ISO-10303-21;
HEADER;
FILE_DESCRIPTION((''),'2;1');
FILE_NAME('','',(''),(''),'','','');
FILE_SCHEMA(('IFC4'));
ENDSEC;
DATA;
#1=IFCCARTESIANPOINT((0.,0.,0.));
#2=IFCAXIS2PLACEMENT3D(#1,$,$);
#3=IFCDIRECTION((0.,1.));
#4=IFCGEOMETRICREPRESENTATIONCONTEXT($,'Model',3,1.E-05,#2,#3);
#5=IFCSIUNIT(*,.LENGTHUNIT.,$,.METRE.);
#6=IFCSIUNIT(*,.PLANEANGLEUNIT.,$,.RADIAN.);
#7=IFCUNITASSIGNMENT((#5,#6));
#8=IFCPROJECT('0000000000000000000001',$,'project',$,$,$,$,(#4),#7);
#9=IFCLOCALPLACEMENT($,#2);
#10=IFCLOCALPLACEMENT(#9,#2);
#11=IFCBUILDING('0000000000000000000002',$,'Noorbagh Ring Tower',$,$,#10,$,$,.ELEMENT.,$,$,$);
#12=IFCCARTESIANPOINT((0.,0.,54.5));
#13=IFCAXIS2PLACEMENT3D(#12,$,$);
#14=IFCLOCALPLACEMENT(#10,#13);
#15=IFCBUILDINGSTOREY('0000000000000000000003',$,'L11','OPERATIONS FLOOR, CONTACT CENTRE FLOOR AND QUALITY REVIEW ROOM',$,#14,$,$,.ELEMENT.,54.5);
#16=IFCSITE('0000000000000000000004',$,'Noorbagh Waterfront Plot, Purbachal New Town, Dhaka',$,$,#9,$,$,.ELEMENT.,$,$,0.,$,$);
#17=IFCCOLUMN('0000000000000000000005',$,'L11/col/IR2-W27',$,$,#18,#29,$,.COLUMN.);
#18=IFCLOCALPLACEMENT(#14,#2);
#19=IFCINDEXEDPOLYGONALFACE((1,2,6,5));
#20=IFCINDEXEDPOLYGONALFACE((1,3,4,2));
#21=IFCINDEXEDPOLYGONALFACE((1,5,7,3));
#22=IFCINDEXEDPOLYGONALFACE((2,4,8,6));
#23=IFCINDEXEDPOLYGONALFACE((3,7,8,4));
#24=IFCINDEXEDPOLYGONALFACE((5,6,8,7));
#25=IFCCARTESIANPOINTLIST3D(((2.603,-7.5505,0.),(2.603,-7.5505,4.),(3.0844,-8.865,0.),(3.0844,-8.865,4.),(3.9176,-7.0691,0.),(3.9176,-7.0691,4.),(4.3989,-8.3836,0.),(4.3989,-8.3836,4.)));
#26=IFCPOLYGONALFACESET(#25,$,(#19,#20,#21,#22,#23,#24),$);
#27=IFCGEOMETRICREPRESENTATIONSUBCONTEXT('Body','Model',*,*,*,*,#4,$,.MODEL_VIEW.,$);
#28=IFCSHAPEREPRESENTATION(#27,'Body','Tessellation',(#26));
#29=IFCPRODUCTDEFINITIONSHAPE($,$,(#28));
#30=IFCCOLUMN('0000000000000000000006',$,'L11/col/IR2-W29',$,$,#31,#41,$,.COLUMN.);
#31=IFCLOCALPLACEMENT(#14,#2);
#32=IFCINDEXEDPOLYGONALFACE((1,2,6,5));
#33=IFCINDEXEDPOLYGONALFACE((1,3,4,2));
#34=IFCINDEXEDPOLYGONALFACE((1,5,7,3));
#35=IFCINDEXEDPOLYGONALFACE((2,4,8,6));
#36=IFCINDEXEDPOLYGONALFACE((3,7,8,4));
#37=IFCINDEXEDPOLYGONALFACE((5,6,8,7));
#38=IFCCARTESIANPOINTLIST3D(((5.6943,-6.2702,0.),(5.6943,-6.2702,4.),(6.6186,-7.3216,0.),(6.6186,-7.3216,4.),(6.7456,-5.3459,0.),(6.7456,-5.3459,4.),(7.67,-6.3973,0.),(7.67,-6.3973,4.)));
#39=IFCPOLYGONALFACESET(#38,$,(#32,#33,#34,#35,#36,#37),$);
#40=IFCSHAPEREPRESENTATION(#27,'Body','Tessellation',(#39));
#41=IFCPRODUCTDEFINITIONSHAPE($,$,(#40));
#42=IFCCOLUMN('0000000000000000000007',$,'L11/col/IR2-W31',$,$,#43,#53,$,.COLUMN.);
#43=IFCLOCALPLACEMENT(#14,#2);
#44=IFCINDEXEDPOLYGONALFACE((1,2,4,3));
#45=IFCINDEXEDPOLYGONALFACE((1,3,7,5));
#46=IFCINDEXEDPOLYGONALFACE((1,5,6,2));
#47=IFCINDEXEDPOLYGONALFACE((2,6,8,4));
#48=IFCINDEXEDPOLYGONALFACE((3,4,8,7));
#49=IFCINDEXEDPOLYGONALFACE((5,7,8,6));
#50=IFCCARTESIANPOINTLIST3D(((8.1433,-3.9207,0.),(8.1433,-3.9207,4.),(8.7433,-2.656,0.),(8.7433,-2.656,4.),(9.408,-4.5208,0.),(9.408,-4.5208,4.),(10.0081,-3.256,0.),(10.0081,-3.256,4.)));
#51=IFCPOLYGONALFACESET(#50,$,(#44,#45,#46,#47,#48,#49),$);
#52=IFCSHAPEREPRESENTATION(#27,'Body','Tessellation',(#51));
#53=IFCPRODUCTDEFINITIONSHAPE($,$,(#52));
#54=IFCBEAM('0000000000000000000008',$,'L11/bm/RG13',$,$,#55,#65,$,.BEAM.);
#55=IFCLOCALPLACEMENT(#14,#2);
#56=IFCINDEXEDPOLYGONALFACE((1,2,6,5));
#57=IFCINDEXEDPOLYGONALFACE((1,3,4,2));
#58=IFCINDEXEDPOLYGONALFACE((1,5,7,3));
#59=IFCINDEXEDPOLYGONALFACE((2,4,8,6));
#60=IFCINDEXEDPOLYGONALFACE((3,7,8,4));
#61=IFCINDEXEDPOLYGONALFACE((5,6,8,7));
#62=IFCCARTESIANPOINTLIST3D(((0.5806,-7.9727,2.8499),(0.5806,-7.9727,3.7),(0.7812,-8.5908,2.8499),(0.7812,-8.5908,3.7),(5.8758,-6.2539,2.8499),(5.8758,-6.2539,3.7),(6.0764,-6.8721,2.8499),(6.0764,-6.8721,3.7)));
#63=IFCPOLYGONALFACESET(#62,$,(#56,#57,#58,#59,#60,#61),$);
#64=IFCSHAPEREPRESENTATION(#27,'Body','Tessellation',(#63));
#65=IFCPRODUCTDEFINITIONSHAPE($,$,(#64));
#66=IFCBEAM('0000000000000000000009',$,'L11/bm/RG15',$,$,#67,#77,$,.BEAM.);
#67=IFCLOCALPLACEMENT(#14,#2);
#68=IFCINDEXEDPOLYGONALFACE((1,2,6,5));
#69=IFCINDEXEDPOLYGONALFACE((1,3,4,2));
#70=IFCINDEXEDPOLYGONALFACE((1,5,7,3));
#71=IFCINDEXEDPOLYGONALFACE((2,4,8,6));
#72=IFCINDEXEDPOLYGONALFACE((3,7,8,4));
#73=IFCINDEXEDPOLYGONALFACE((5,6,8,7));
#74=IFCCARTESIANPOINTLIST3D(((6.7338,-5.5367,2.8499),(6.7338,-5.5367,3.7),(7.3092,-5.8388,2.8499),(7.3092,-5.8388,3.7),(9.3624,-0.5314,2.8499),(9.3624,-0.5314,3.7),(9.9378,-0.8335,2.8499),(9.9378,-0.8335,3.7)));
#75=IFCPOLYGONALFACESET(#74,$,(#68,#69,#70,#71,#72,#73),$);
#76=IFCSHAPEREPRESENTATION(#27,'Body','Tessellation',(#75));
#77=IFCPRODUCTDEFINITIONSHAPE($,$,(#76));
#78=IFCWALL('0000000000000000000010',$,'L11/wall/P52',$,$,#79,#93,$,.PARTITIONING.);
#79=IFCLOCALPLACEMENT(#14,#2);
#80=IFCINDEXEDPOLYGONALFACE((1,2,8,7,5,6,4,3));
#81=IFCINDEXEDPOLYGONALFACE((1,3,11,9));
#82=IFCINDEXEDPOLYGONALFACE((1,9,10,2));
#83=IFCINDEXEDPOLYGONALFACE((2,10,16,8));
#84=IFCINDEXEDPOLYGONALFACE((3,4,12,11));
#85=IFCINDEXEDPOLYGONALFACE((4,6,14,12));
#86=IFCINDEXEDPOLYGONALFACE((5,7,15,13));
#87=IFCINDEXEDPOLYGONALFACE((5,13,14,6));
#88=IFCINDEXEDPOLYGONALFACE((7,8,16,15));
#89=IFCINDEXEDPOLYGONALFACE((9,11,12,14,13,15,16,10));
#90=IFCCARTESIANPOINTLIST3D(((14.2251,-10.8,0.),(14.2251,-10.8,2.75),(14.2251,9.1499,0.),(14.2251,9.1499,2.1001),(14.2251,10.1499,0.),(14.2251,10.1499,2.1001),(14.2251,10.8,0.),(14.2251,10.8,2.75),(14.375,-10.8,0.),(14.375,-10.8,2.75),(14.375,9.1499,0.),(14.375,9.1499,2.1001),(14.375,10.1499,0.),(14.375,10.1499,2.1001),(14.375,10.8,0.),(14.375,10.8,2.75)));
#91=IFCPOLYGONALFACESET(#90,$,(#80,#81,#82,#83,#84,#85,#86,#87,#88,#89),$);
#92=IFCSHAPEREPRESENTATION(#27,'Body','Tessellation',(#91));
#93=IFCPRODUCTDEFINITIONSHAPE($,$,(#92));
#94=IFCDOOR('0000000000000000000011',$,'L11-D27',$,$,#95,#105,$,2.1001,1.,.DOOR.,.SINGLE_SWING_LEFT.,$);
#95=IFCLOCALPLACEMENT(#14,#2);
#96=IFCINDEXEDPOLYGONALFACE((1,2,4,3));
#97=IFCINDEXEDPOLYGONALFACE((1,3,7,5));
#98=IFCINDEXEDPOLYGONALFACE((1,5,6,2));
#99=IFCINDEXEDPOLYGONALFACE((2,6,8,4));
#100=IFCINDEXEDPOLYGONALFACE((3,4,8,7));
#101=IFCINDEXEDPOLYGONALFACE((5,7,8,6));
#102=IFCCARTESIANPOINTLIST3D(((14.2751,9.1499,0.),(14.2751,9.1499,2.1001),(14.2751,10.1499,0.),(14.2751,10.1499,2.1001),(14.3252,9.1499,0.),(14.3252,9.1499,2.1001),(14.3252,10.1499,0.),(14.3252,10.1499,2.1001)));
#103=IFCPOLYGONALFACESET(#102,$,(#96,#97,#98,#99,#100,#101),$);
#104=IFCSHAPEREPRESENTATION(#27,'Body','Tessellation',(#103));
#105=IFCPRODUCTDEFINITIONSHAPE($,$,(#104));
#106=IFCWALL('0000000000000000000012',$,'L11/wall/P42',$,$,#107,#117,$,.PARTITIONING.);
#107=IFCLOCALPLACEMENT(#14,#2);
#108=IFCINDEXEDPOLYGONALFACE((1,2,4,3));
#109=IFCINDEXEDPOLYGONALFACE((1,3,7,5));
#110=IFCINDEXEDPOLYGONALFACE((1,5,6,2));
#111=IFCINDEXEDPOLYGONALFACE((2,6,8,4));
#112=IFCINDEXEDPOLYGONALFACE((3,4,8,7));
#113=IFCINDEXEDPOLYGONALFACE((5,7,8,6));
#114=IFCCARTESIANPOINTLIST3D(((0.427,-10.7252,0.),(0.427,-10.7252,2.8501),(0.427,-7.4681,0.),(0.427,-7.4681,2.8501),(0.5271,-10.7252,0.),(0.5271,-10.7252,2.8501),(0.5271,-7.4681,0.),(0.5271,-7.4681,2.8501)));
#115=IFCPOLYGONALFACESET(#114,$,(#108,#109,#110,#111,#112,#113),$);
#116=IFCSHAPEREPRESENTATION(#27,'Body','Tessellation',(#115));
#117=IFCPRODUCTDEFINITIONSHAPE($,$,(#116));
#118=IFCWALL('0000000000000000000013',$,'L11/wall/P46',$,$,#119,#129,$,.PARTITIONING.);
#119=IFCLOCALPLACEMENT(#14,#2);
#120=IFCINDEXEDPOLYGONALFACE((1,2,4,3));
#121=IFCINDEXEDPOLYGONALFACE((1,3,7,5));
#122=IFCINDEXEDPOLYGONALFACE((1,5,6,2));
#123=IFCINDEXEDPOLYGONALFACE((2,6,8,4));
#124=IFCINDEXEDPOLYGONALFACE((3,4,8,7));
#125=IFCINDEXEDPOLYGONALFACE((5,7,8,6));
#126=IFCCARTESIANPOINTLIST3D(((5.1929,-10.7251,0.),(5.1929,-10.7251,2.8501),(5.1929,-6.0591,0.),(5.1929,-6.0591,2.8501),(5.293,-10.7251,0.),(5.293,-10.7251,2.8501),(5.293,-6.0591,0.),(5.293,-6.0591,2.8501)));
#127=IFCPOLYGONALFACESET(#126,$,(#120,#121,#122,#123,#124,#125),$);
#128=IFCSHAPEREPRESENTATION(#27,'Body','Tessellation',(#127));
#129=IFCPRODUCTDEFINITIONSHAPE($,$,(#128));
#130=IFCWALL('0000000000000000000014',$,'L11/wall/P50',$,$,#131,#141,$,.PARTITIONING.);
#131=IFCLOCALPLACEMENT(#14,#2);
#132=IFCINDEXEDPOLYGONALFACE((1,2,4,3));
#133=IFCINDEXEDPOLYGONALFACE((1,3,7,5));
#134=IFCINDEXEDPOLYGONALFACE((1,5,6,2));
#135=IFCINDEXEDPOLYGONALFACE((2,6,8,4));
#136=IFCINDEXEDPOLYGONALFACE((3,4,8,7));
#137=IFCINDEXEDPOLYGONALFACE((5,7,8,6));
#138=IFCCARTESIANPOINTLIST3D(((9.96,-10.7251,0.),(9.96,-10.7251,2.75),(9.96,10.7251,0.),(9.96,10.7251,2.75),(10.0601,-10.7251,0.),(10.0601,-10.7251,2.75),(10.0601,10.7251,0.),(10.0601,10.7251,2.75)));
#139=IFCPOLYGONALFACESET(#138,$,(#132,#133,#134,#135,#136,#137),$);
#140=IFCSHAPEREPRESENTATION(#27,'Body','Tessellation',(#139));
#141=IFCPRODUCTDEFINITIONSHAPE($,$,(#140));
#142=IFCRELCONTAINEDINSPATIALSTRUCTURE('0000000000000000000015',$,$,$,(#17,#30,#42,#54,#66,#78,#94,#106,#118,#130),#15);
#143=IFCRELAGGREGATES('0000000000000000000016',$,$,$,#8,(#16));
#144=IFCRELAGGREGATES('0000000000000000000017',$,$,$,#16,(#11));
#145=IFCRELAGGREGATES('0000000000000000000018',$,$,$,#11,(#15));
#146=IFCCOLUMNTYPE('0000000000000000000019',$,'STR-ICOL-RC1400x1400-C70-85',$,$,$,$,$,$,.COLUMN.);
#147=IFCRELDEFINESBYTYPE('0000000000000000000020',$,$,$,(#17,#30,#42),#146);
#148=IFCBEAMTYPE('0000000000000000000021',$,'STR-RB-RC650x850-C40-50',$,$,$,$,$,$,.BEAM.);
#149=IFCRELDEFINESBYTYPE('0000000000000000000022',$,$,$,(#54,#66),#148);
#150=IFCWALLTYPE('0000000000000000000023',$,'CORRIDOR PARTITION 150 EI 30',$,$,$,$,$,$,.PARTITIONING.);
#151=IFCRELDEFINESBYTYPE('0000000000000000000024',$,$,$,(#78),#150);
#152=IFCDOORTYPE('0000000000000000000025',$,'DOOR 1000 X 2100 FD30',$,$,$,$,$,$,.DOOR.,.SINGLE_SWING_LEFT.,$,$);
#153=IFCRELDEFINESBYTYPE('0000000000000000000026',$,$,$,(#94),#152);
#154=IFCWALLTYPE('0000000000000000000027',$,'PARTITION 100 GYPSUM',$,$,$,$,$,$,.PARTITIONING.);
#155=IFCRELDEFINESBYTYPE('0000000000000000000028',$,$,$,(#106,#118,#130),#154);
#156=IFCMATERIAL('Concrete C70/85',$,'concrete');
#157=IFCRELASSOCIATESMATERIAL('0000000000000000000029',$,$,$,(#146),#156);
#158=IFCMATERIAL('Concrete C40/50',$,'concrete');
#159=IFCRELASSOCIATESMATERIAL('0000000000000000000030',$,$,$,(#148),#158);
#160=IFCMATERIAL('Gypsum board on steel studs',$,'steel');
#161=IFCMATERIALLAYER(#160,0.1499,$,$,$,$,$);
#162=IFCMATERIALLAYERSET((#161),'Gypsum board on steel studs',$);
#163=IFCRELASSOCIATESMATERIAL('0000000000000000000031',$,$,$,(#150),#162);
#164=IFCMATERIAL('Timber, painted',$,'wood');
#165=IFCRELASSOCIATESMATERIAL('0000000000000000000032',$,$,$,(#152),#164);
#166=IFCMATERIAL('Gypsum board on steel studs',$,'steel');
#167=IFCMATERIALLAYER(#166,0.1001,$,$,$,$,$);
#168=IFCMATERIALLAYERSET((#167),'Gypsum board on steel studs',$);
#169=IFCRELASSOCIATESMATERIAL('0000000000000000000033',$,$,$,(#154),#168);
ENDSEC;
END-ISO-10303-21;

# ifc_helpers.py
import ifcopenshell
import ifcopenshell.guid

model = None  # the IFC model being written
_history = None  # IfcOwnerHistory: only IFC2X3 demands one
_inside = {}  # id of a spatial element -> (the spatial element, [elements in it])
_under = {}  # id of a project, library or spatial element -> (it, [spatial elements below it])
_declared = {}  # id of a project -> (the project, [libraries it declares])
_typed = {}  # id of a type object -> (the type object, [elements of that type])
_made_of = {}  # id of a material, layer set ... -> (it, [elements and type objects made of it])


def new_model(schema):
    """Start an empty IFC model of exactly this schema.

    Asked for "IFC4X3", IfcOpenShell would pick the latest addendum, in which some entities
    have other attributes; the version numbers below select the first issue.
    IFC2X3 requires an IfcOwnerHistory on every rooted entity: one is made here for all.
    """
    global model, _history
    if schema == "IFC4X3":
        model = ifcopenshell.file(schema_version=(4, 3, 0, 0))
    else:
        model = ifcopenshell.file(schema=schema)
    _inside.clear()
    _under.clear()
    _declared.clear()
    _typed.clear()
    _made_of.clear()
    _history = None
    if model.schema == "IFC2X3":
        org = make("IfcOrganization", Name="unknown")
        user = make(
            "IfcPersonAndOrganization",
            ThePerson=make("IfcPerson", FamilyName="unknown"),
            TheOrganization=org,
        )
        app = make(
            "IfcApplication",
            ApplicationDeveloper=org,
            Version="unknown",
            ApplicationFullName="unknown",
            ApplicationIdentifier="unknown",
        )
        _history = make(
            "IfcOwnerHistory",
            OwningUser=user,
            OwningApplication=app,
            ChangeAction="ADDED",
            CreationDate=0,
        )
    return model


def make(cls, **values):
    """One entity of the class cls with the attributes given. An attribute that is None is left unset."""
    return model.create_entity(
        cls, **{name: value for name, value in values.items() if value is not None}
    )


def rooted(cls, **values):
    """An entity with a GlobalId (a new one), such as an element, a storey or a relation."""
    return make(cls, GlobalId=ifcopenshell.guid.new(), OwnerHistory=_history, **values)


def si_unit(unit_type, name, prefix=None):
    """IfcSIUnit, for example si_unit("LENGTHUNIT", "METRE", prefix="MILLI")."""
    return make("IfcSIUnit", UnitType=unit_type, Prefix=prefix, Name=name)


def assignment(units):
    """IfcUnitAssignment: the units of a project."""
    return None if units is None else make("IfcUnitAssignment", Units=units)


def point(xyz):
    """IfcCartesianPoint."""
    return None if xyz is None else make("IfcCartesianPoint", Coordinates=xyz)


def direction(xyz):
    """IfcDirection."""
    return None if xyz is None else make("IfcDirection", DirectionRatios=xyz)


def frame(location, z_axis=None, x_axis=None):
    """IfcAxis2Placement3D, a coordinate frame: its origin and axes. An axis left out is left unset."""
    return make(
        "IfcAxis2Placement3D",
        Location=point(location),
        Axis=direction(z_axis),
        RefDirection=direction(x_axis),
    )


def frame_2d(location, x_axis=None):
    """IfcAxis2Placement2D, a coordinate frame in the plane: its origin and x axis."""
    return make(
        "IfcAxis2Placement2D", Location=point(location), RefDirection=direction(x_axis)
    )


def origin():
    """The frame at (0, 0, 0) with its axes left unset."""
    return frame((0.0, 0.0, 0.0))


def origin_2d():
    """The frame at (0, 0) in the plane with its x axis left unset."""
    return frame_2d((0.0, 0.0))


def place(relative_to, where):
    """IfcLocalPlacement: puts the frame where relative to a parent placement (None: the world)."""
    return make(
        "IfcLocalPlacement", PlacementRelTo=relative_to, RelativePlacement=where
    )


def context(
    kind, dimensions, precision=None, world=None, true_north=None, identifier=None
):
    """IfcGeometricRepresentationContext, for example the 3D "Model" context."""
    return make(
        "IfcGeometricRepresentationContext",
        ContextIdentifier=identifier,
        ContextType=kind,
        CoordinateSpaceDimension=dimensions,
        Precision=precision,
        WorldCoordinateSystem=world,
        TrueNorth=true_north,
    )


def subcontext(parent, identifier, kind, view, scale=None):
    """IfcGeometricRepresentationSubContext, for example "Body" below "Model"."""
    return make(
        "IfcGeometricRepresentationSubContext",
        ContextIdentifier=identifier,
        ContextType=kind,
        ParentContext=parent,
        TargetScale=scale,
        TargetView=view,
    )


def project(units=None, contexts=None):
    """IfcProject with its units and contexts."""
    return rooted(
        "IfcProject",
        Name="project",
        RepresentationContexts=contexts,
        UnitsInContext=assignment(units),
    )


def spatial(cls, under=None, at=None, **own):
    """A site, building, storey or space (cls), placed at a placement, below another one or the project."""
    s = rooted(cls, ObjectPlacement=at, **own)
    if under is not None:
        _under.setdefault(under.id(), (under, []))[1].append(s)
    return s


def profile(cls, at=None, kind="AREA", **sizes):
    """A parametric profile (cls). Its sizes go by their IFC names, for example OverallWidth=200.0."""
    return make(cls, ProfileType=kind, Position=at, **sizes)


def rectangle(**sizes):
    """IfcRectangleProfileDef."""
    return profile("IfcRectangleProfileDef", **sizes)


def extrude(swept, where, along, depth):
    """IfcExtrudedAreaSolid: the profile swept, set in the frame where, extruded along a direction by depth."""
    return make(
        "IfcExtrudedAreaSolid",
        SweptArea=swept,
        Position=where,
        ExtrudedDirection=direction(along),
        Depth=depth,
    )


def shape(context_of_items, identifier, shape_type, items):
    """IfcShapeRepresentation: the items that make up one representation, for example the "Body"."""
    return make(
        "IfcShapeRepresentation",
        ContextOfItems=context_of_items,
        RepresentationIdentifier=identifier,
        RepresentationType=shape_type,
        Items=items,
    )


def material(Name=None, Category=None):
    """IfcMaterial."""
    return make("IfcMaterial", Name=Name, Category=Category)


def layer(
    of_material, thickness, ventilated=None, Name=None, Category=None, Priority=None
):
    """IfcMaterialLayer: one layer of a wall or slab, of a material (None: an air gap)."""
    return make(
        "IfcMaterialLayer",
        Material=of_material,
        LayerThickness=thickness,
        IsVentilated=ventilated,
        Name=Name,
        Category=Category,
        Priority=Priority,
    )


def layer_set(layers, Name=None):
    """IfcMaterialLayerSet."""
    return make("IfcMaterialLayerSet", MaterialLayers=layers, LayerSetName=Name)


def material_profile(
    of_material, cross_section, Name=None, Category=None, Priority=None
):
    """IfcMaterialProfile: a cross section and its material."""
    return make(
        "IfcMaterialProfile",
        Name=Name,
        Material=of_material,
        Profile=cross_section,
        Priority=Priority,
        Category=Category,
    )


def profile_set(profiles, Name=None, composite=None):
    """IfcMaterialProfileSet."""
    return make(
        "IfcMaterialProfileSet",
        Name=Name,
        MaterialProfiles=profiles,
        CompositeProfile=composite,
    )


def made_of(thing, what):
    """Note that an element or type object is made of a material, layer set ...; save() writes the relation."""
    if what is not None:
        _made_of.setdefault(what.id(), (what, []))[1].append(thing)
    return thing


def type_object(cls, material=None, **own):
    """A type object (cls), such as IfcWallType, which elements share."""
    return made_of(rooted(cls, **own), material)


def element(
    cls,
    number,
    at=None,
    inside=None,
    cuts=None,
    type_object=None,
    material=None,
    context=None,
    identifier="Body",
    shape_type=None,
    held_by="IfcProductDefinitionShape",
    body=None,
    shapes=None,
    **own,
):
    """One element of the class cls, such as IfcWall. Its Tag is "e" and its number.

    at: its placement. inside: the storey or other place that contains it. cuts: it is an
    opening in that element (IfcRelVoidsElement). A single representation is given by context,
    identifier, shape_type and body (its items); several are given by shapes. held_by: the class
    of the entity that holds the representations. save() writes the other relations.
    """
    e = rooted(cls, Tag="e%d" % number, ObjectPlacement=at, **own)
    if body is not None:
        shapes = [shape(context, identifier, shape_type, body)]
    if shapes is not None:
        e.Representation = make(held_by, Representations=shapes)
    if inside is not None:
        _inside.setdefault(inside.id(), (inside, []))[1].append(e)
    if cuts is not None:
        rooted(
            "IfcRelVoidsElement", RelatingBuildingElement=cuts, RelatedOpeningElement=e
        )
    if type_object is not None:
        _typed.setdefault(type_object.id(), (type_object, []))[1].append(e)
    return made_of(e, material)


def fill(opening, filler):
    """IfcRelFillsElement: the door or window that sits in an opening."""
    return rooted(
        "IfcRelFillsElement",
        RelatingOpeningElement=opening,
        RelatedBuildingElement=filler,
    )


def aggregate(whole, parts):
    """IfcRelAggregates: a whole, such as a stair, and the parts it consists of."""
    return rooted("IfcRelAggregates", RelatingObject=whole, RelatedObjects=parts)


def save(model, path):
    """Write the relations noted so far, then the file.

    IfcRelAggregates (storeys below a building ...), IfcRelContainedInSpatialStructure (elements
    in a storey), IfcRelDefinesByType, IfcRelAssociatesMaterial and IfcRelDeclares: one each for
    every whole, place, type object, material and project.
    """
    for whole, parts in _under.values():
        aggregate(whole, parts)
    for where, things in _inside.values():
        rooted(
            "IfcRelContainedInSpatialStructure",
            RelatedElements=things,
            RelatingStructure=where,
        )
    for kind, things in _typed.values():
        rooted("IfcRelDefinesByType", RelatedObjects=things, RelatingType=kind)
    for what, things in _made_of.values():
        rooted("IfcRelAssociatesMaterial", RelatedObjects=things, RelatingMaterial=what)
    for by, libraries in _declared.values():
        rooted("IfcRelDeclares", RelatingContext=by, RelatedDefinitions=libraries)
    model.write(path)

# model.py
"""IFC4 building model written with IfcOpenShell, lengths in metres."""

from ifc_helpers import new_model, si_unit, direction, frame, frame_2d, origin, origin_2d, place, context, subcontext, project, spatial, rectangle, extrude, material, layer, layer_set, material_profile, profile_set, type_object, element, fill, save


model = new_model("IFC4")

# Units and contexts
model_context = context("Model", 3, precision=1e-05, world=origin(), true_north=direction((0.0, 1.0)))
body_context = subcontext(model_context, "Body", "Model", "MODEL_VIEW")
ifc_project = project(units=[si_unit("LENGTHUNIT", "METRE"), si_unit("PLANEANGLEUNIT", "RADIAN")], contexts=[model_context])

# Site, building, storey
site_placement = place(None, origin())
site = spatial("IfcSite", under=ifc_project, at=site_placement, Name="Noorbagh Waterfront Plot, Purbachal New Town, Dhaka", CompositionType="ELEMENT", RefElevation=0.0)
building_placement = place(site_placement, origin())
building = spatial("IfcBuilding", under=site, at=building_placement, Name="Noorbagh Ring Tower", CompositionType="ELEMENT")
storey_placement = place(building_placement, frame((0.0, 0.0, 54.5)))
storey = spatial("IfcBuildingStorey", under=building, at=storey_placement, Name="L11", Description="OPERATIONS FLOOR, CONTACT CENTRE FLOOR AND QUALITY REVIEW ROOM", CompositionType="ELEMENT", Elevation=54.5)

# Columns
ifc_material_1 = material(Name="Concrete C70/85", Category="concrete")
ifc_material_profile_1 = material_profile(ifc_material_1, rectangle(XDim=1.3999, YDim=1.3999, at=origin_2d()), Name="RC1400x1400")
ifc_profile_set_1 = profile_set([ifc_material_profile_1], Name="Concrete C70/85")
column_type = type_object("IfcColumnType", Name="STR-ICOL-RC1400x1400-C70-85", PredefinedType="COLUMN", material=ifc_profile_set_1)
for number, where, z_axis, x_axis, name in (
    (1, (3.501, -7.967, 0.0), (0.0, 0.0, 1.0), (0.93902, 0.343864, 0.0), "L11/col/IR2-W27"),
    (2, (6.6821, -6.3337, 0.0), (0.0, 0.0, 1.0), (0.751022, 0.660277, 0.0), "L11/col/IR2-W29"),
    (3, (9.0757, -3.5884, 0.0), (0.0, 0.0, 1.0), (0.428667, 0.903463, 0.0), "L11/col/IR2-W31"),
):
    element("IfcColumn", number, at=place(storey_placement, frame(where, z_axis=z_axis, x_axis=x_axis)), inside=storey, type_object=column_type, Name=name, PredefinedType="COLUMN", context=body_context, shape_type="SweptSolid", body=[
        extrude(rectangle(XDim=1.3999, YDim=1.3999, at=origin_2d()), origin(), (0.0, 0.0, 1.0), 4.0),
    ])

# Beams
ifc_material_2 = material(Name="Concrete C40/50", Category="concrete")
ifc_material_profile_2 = material_profile(ifc_material_2, rectangle(XDim=0.6499, YDim=0.8501, at=origin_2d()), Name="RC650x850")
ifc_profile_set_2 = profile_set([ifc_material_profile_2], Name="Concrete C40/50")
beam_type = type_object("IfcBeamType", Name="STR-RB-RC650x850-C40-50", PredefinedType="BEAM", material=ifc_profile_set_2)
beam_1_placement = place(storey_placement, frame((0.6809, -8.2817, 3.2749), z_axis=(0.951149, 0.308732, 0.0), x_axis=(-0.308732, 0.951149, 0.0)))
element("IfcBeam", 4, at=beam_1_placement, inside=storey, type_object=beam_type, Name="L11/bm/RG13", PredefinedType="BEAM", context=body_context, shape_type="SweptSolid", body=[
    extrude(rectangle(XDim=0.6499, YDim=0.8501, at=origin_2d()), origin(), (0.0, 0.0, 1.0), 5.5671),
])
beam_2_placement = place(storey_placement, frame((7.0215, -5.6877, 3.2749), z_axis=(0.464951, 0.885337, 0.0), x_axis=(-0.885337, 0.464951, 0.0)))
element("IfcBeam", 5, at=beam_2_placement, inside=storey, type_object=beam_type, Name="L11/bm/RG15", PredefinedType="BEAM", context=body_context, shape_type="SweptSolid", body=[
    extrude(rectangle(XDim=0.6499, YDim=0.8501, at=origin_2d()), origin(), (0.0, 0.0, 1.0), 5.6536),
])

# Wall, opening, door
ifc_material_3 = material(Name="Gypsum board on steel studs", Category="steel")
ifc_layer_1 = layer(ifc_material_3, 0.1499)
ifc_layer_set_1 = layer_set([ifc_layer_1], Name="Gypsum board on steel studs")
wall_type_1 = type_object("IfcWallType", Name="CORRIDOR PARTITION 150 EI 30", PredefinedType="PARTITIONING", material=ifc_layer_set_1)
wall_1_placement = place(storey_placement, frame((14.3, -10.8, 0.0), z_axis=(0.0, 0.0, 1.0), x_axis=(0.0, 1.0, 0.0)))
wall_1 = element("IfcWall", 6, at=wall_1_placement, inside=storey, type_object=wall_type_1, Name="L11/wall/P52", PredefinedType="PARTITIONING", context=body_context, shape_type="SweptSolid", body=[
    extrude(rectangle(XDim=21.6001, YDim=0.1499, at=frame_2d((10.8, 0.0))), origin(), (0.0, 0.0, 1.0), 2.75),
])
opening_placement = place(wall_1_placement, frame((19.95, 0.0, 0.0)))
opening = element("IfcOpeningElement", 7, at=opening_placement, cuts=wall_1, PredefinedType="OPENING", context=body_context, shape_type="SweptSolid", body=[
    extrude(rectangle(XDim=1.0, YDim=2.1001, at=frame_2d((0.5, 1.05))), frame((0.0, 0.085, 0.0), z_axis=(0.0, -1.0, 0.0), x_axis=(1.0, 0.0, 0.0)), (0.0, 0.0, 1.0), 0.1699),
])
ifc_material_4 = material(Name="Timber, painted", Category="wood")
door_type = type_object("IfcDoorType", Name="DOOR 1000 X 2100 FD30", OperationType="SINGLE_SWING_LEFT", PredefinedType="DOOR", material=ifc_material_4)
door_placement = place(opening_placement, origin())
door = element("IfcDoor", 8, at=door_placement, inside=storey, type_object=door_type, Name="L11-D27", OperationType="SINGLE_SWING_LEFT", OverallHeight=2.1001, OverallWidth=1.0, PredefinedType="DOOR", context=body_context, shape_type="SweptSolid", body=[
    extrude(rectangle(XDim=1.0, YDim=2.1001, at=frame_2d((0.5, 1.05))), frame((0.0, 0.0249, 0.0), z_axis=(0.0, -1.0, 0.0), x_axis=(1.0, 0.0, 0.0)), (0.0, 0.0, 1.0), 0.05),
])
fill(opening, door)

# Walls
ifc_material_5 = material(Name="Gypsum board on steel studs", Category="steel")
ifc_layer_2 = layer(ifc_material_5, 0.1001)
ifc_layer_set_2 = layer_set([ifc_layer_2], Name="Gypsum board on steel studs")
wall_type_2 = type_object("IfcWallType", Name="PARTITION 100 GYPSUM", PredefinedType="PARTITIONING", material=ifc_layer_set_2)
wall_2_placement = place(storey_placement, frame((0.4771, -10.7251, 0.0), z_axis=(0.0, 0.0, 1.0), x_axis=(0.0, 1.0, 0.0)))
element("IfcWall", 9, at=wall_2_placement, inside=storey, type_object=wall_type_2, Name="L11/wall/P42", PredefinedType="PARTITIONING", context=body_context, shape_type="SweptSolid", body=[
    extrude(rectangle(XDim=3.2571, YDim=0.1001, at=frame_2d((1.6284, 0.0))), origin(), (0.0, 0.0, 1.0), 2.8501),
])
wall_3_placement = place(storey_placement, frame((5.2429, -10.7251, 0.0), z_axis=(0.0, 0.0, 1.0), x_axis=(0.0, 1.0, 0.0)))
element("IfcWall", 10, at=wall_3_placement, inside=storey, type_object=wall_type_2, Name="L11/wall/P46", PredefinedType="PARTITIONING", context=body_context, shape_type="SweptSolid", body=[
    extrude(rectangle(XDim=4.666, YDim=0.1001, at=frame_2d((2.333, 0.0))), origin(), (0.0, 0.0, 1.0), 2.8501),
])
wall_4_placement = place(storey_placement, frame((10.01, -10.7251, 0.0), z_axis=(0.0, 0.0, 1.0), x_axis=(0.0, 1.0, 0.0)))
element("IfcWall", 11, at=wall_4_placement, inside=storey, type_object=wall_type_2, Name="L11/wall/P50", PredefinedType="PARTITIONING", context=body_context, shape_type="SweptSolid", body=[
    extrude(rectangle(XDim=21.4502, YDim=0.1001, at=frame_2d((10.7251, 0.0))), origin(), (0.0, 0.0, 1.0), 2.75),
])

save(model, "model.ifc")
